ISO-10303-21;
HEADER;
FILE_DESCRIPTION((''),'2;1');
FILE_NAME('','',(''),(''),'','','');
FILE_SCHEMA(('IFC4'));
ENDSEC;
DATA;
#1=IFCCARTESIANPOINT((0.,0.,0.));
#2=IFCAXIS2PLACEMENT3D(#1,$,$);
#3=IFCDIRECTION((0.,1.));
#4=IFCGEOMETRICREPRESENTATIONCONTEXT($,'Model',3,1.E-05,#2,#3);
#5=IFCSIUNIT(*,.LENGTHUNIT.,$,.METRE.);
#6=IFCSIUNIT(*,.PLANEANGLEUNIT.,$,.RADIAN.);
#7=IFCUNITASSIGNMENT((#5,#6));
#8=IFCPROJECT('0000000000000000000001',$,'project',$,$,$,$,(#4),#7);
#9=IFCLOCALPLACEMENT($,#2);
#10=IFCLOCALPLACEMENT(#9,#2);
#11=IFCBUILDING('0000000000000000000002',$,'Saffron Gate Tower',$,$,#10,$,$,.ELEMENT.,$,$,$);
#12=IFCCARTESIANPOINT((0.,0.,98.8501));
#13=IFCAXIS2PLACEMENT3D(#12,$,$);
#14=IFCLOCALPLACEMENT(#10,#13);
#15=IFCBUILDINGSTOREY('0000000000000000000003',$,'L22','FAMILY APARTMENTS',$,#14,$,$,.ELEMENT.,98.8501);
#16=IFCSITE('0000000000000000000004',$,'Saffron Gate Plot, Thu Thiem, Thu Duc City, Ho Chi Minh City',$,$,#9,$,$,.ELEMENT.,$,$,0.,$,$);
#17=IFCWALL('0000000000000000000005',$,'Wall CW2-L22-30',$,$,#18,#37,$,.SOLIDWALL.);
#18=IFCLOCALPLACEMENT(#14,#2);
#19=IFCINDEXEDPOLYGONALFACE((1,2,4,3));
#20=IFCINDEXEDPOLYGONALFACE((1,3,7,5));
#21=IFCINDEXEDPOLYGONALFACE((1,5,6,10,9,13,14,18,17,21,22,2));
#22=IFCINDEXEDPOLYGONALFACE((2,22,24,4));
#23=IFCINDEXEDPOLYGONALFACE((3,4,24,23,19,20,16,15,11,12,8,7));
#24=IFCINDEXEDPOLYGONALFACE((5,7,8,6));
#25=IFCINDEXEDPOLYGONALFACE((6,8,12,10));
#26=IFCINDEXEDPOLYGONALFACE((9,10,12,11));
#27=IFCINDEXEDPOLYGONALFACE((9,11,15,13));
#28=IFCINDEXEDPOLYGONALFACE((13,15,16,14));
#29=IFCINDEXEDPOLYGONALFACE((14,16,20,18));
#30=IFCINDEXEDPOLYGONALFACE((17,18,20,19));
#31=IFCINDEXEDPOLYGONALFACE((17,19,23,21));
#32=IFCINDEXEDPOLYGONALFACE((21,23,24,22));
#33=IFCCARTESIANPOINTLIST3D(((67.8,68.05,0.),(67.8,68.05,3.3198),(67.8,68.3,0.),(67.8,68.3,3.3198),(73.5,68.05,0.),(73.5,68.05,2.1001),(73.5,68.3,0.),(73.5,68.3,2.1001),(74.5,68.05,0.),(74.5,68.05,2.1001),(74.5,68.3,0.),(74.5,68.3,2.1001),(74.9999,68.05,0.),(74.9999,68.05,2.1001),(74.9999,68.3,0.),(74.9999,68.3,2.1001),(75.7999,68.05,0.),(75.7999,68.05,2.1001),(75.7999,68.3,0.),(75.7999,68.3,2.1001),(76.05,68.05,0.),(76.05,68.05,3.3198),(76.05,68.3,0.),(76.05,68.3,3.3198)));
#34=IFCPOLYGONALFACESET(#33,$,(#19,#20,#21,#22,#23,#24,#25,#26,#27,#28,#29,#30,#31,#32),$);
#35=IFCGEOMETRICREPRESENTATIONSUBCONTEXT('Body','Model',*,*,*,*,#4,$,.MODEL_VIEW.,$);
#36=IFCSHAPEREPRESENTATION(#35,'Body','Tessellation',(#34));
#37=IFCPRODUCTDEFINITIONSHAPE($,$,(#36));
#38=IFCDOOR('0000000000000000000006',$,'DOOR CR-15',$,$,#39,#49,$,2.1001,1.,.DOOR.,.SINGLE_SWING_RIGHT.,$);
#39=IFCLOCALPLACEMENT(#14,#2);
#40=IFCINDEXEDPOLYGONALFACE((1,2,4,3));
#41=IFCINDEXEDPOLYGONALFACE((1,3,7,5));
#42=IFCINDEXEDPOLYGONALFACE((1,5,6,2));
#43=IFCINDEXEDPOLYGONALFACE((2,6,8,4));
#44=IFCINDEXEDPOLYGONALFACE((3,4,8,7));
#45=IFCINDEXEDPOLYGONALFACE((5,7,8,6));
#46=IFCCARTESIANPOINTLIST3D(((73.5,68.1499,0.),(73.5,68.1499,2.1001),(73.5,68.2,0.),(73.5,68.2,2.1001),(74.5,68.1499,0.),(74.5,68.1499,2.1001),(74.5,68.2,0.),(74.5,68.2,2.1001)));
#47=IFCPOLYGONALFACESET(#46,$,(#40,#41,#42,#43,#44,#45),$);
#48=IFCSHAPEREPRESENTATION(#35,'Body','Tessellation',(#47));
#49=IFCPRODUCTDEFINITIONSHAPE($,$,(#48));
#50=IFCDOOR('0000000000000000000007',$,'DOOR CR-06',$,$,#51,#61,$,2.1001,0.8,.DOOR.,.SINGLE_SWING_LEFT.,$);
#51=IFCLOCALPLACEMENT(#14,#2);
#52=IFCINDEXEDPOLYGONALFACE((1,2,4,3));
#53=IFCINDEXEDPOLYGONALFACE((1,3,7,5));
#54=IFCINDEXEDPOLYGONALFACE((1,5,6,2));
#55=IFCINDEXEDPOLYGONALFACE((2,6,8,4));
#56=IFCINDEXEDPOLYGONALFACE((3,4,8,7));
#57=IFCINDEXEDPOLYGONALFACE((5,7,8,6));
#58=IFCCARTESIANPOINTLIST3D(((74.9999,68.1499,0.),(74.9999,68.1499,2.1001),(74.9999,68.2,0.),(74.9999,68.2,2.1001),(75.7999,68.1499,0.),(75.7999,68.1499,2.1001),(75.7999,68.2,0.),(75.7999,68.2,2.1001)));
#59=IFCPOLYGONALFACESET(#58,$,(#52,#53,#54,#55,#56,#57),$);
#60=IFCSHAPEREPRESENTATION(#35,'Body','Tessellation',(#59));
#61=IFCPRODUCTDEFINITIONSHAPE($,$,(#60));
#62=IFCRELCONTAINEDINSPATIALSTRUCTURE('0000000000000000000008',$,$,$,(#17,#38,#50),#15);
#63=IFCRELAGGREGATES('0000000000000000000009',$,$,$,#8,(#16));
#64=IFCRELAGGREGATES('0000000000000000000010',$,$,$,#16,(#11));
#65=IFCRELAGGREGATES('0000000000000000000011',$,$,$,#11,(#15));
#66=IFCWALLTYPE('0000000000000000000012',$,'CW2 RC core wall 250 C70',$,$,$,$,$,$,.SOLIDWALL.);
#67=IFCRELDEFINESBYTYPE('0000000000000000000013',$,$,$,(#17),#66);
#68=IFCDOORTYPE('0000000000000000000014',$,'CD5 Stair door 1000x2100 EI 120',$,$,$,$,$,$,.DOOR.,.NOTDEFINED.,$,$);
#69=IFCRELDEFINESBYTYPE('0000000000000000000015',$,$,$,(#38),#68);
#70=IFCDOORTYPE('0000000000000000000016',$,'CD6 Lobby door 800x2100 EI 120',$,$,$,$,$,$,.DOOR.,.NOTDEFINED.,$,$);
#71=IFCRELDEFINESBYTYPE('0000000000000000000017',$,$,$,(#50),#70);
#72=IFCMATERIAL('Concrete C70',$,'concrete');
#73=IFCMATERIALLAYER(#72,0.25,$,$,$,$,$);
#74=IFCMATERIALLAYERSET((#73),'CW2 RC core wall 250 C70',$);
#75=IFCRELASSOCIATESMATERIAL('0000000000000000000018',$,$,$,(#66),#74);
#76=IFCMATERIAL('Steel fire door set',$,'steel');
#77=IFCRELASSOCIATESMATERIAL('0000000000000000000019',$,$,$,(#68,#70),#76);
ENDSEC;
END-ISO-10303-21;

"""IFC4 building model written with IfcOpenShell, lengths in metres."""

from ifc_helpers import new_model, si_unit, direction, frame, frame_2d, origin, place, context, subcontext, project, spatial, rectangle, extrude, material, layer, layer_set, type_object, element, fill, save


model = new_model("IFC4")

# Units and contexts
model_context = context("Model", 3, precision=1e-05, world=origin(), true_north=direction((0.0, 1.0)))
body_context = subcontext(model_context, "Body", "Model", "MODEL_VIEW")
ifc_project = project(units=[si_unit("LENGTHUNIT", "METRE"), si_unit("PLANEANGLEUNIT", "RADIAN")], contexts=[model_context])

# Site, building, storey
site_placement = place(None, origin())
site = spatial("IfcSite", under=ifc_project, at=site_placement, Name="Saffron Gate Plot, Thu Thiem, Thu Duc City, Ho Chi Minh City", CompositionType="ELEMENT", RefElevation=0.0)
building_placement = place(site_placement, origin())
building = spatial("IfcBuilding", under=site, at=building_placement, Name="Saffron Gate Tower", CompositionType="ELEMENT")
storey_placement = place(building_placement, frame((0.0, 0.0, 98.8501)))
storey = spatial("IfcBuildingStorey", under=building, at=storey_placement, Name="L22", Description="FAMILY APARTMENTS", CompositionType="ELEMENT", Elevation=98.8501)

# Shared definitions
ifc_material_1 = material(Name="Concrete C70", Category="concrete")

# Wall, openings, doors
ifc_layer_1 = layer(ifc_material_1, 0.25)
ifc_layer_set_1 = layer_set([ifc_layer_1], Name="CW2 RC core wall 250 C70")
wall_type_1 = type_object("IfcWallType", Name="CW2 RC core wall 250 C70", PredefinedType="SOLIDWALL", material=ifc_layer_set_1)
wall_1_placement = place(storey_placement, frame((67.8, 68.175, 0.0), z_axis=(0.0, 0.0, 1.0), x_axis=(1.0, 0.0, 0.0)))
wall_1 = element("IfcWall", 1, at=wall_1_placement, inside=storey, type_object=wall_type_1, Name="Wall CW2-L22-30", PredefinedType="SOLIDWALL", context=body_context, shape_type="SweptSolid", body=[
    extrude(rectangle(XDim=8.25, YDim=0.25, at=frame_2d((4.125, 0.0))), origin(), (0.0, 0.0, 1.0), 3.3198),
])
opening_1_placement = place(wall_1_placement, frame((5.7, 0.0, 0.0)))
opening_1 = element("IfcOpeningElement", 2, at=opening_1_placement, cuts=wall_1, PredefinedType="OPENING", context=body_context, shape_type="SweptSolid", body=[
    extrude(rectangle(XDim=1.0, YDim=2.1001, at=frame_2d((0.5, 1.05))), frame((0.0, 0.135, 0.0), z_axis=(0.0, -1.0, 0.0), x_axis=(1.0, 0.0, 0.0)), (0.0, 0.0, 1.0), 0.27),
])
opening_2_placement = place(wall_1_placement, frame((7.2, 0.0, 0.0)))
opening_2 = element("IfcOpeningElement", 3, at=opening_2_placement, cuts=wall_1, PredefinedType="OPENING", context=body_context, shape_type="SweptSolid", body=[
    extrude(rectangle(XDim=0.8, YDim=2.1001, at=frame_2d((0.3999, 1.05))), frame((0.0, 0.135, 0.0), z_axis=(0.0, -1.0, 0.0), x_axis=(1.0, 0.0, 0.0)), (0.0, 0.0, 1.0), 0.27),
])
ifc_material_2 = material(Name="Steel fire door set", Category="steel")
door_type_1 = type_object("IfcDoorType", Name="CD5 Stair door 1000x2100 EI 120", OperationType="NOTDEFINED", PredefinedType="DOOR", material=ifc_material_2)
door_1_placement = place(opening_1_placement, origin())
door_1 = element("IfcDoor", 4, at=door_1_placement, inside=storey, type_object=door_type_1, Name="DOOR CR-15", OperationType="SINGLE_SWING_RIGHT", OverallHeight=2.1001, OverallWidth=1.0, PredefinedType="DOOR", context=body_context, shape_type="SweptSolid", body=[
    extrude(rectangle(XDim=1.0, YDim=2.1001, at=frame_2d((0.5, 1.05))), frame((0.0, 0.0249, 0.0), z_axis=(0.0, -1.0, 0.0), x_axis=(1.0, 0.0, 0.0)), (0.0, 0.0, 1.0), 0.05),
])
fill(opening_1, door_1)
door_type_2 = type_object("IfcDoorType", Name="CD6 Lobby door 800x2100 EI 120", OperationType="NOTDEFINED", PredefinedType="DOOR", material=ifc_material_2)
door_2_placement = place(opening_2_placement, origin())
door_2 = element("IfcDoor", 5, at=door_2_placement, inside=storey, type_object=door_type_2, Name="DOOR CR-06", OperationType="SINGLE_SWING_LEFT", OverallHeight=2.1001, OverallWidth=0.8, PredefinedType="DOOR", context=body_context, shape_type="SweptSolid", body=[
    extrude(rectangle(XDim=0.8, YDim=2.1001, at=frame_2d((0.3999, 1.05))), frame((0.0, 0.0249, 0.0), z_axis=(0.0, -1.0, 0.0), x_axis=(1.0, 0.0, 0.0)), (0.0, 0.0, 1.0), 0.05),
])
fill(opening_2, door_2)

save(model, "model.ifc")
